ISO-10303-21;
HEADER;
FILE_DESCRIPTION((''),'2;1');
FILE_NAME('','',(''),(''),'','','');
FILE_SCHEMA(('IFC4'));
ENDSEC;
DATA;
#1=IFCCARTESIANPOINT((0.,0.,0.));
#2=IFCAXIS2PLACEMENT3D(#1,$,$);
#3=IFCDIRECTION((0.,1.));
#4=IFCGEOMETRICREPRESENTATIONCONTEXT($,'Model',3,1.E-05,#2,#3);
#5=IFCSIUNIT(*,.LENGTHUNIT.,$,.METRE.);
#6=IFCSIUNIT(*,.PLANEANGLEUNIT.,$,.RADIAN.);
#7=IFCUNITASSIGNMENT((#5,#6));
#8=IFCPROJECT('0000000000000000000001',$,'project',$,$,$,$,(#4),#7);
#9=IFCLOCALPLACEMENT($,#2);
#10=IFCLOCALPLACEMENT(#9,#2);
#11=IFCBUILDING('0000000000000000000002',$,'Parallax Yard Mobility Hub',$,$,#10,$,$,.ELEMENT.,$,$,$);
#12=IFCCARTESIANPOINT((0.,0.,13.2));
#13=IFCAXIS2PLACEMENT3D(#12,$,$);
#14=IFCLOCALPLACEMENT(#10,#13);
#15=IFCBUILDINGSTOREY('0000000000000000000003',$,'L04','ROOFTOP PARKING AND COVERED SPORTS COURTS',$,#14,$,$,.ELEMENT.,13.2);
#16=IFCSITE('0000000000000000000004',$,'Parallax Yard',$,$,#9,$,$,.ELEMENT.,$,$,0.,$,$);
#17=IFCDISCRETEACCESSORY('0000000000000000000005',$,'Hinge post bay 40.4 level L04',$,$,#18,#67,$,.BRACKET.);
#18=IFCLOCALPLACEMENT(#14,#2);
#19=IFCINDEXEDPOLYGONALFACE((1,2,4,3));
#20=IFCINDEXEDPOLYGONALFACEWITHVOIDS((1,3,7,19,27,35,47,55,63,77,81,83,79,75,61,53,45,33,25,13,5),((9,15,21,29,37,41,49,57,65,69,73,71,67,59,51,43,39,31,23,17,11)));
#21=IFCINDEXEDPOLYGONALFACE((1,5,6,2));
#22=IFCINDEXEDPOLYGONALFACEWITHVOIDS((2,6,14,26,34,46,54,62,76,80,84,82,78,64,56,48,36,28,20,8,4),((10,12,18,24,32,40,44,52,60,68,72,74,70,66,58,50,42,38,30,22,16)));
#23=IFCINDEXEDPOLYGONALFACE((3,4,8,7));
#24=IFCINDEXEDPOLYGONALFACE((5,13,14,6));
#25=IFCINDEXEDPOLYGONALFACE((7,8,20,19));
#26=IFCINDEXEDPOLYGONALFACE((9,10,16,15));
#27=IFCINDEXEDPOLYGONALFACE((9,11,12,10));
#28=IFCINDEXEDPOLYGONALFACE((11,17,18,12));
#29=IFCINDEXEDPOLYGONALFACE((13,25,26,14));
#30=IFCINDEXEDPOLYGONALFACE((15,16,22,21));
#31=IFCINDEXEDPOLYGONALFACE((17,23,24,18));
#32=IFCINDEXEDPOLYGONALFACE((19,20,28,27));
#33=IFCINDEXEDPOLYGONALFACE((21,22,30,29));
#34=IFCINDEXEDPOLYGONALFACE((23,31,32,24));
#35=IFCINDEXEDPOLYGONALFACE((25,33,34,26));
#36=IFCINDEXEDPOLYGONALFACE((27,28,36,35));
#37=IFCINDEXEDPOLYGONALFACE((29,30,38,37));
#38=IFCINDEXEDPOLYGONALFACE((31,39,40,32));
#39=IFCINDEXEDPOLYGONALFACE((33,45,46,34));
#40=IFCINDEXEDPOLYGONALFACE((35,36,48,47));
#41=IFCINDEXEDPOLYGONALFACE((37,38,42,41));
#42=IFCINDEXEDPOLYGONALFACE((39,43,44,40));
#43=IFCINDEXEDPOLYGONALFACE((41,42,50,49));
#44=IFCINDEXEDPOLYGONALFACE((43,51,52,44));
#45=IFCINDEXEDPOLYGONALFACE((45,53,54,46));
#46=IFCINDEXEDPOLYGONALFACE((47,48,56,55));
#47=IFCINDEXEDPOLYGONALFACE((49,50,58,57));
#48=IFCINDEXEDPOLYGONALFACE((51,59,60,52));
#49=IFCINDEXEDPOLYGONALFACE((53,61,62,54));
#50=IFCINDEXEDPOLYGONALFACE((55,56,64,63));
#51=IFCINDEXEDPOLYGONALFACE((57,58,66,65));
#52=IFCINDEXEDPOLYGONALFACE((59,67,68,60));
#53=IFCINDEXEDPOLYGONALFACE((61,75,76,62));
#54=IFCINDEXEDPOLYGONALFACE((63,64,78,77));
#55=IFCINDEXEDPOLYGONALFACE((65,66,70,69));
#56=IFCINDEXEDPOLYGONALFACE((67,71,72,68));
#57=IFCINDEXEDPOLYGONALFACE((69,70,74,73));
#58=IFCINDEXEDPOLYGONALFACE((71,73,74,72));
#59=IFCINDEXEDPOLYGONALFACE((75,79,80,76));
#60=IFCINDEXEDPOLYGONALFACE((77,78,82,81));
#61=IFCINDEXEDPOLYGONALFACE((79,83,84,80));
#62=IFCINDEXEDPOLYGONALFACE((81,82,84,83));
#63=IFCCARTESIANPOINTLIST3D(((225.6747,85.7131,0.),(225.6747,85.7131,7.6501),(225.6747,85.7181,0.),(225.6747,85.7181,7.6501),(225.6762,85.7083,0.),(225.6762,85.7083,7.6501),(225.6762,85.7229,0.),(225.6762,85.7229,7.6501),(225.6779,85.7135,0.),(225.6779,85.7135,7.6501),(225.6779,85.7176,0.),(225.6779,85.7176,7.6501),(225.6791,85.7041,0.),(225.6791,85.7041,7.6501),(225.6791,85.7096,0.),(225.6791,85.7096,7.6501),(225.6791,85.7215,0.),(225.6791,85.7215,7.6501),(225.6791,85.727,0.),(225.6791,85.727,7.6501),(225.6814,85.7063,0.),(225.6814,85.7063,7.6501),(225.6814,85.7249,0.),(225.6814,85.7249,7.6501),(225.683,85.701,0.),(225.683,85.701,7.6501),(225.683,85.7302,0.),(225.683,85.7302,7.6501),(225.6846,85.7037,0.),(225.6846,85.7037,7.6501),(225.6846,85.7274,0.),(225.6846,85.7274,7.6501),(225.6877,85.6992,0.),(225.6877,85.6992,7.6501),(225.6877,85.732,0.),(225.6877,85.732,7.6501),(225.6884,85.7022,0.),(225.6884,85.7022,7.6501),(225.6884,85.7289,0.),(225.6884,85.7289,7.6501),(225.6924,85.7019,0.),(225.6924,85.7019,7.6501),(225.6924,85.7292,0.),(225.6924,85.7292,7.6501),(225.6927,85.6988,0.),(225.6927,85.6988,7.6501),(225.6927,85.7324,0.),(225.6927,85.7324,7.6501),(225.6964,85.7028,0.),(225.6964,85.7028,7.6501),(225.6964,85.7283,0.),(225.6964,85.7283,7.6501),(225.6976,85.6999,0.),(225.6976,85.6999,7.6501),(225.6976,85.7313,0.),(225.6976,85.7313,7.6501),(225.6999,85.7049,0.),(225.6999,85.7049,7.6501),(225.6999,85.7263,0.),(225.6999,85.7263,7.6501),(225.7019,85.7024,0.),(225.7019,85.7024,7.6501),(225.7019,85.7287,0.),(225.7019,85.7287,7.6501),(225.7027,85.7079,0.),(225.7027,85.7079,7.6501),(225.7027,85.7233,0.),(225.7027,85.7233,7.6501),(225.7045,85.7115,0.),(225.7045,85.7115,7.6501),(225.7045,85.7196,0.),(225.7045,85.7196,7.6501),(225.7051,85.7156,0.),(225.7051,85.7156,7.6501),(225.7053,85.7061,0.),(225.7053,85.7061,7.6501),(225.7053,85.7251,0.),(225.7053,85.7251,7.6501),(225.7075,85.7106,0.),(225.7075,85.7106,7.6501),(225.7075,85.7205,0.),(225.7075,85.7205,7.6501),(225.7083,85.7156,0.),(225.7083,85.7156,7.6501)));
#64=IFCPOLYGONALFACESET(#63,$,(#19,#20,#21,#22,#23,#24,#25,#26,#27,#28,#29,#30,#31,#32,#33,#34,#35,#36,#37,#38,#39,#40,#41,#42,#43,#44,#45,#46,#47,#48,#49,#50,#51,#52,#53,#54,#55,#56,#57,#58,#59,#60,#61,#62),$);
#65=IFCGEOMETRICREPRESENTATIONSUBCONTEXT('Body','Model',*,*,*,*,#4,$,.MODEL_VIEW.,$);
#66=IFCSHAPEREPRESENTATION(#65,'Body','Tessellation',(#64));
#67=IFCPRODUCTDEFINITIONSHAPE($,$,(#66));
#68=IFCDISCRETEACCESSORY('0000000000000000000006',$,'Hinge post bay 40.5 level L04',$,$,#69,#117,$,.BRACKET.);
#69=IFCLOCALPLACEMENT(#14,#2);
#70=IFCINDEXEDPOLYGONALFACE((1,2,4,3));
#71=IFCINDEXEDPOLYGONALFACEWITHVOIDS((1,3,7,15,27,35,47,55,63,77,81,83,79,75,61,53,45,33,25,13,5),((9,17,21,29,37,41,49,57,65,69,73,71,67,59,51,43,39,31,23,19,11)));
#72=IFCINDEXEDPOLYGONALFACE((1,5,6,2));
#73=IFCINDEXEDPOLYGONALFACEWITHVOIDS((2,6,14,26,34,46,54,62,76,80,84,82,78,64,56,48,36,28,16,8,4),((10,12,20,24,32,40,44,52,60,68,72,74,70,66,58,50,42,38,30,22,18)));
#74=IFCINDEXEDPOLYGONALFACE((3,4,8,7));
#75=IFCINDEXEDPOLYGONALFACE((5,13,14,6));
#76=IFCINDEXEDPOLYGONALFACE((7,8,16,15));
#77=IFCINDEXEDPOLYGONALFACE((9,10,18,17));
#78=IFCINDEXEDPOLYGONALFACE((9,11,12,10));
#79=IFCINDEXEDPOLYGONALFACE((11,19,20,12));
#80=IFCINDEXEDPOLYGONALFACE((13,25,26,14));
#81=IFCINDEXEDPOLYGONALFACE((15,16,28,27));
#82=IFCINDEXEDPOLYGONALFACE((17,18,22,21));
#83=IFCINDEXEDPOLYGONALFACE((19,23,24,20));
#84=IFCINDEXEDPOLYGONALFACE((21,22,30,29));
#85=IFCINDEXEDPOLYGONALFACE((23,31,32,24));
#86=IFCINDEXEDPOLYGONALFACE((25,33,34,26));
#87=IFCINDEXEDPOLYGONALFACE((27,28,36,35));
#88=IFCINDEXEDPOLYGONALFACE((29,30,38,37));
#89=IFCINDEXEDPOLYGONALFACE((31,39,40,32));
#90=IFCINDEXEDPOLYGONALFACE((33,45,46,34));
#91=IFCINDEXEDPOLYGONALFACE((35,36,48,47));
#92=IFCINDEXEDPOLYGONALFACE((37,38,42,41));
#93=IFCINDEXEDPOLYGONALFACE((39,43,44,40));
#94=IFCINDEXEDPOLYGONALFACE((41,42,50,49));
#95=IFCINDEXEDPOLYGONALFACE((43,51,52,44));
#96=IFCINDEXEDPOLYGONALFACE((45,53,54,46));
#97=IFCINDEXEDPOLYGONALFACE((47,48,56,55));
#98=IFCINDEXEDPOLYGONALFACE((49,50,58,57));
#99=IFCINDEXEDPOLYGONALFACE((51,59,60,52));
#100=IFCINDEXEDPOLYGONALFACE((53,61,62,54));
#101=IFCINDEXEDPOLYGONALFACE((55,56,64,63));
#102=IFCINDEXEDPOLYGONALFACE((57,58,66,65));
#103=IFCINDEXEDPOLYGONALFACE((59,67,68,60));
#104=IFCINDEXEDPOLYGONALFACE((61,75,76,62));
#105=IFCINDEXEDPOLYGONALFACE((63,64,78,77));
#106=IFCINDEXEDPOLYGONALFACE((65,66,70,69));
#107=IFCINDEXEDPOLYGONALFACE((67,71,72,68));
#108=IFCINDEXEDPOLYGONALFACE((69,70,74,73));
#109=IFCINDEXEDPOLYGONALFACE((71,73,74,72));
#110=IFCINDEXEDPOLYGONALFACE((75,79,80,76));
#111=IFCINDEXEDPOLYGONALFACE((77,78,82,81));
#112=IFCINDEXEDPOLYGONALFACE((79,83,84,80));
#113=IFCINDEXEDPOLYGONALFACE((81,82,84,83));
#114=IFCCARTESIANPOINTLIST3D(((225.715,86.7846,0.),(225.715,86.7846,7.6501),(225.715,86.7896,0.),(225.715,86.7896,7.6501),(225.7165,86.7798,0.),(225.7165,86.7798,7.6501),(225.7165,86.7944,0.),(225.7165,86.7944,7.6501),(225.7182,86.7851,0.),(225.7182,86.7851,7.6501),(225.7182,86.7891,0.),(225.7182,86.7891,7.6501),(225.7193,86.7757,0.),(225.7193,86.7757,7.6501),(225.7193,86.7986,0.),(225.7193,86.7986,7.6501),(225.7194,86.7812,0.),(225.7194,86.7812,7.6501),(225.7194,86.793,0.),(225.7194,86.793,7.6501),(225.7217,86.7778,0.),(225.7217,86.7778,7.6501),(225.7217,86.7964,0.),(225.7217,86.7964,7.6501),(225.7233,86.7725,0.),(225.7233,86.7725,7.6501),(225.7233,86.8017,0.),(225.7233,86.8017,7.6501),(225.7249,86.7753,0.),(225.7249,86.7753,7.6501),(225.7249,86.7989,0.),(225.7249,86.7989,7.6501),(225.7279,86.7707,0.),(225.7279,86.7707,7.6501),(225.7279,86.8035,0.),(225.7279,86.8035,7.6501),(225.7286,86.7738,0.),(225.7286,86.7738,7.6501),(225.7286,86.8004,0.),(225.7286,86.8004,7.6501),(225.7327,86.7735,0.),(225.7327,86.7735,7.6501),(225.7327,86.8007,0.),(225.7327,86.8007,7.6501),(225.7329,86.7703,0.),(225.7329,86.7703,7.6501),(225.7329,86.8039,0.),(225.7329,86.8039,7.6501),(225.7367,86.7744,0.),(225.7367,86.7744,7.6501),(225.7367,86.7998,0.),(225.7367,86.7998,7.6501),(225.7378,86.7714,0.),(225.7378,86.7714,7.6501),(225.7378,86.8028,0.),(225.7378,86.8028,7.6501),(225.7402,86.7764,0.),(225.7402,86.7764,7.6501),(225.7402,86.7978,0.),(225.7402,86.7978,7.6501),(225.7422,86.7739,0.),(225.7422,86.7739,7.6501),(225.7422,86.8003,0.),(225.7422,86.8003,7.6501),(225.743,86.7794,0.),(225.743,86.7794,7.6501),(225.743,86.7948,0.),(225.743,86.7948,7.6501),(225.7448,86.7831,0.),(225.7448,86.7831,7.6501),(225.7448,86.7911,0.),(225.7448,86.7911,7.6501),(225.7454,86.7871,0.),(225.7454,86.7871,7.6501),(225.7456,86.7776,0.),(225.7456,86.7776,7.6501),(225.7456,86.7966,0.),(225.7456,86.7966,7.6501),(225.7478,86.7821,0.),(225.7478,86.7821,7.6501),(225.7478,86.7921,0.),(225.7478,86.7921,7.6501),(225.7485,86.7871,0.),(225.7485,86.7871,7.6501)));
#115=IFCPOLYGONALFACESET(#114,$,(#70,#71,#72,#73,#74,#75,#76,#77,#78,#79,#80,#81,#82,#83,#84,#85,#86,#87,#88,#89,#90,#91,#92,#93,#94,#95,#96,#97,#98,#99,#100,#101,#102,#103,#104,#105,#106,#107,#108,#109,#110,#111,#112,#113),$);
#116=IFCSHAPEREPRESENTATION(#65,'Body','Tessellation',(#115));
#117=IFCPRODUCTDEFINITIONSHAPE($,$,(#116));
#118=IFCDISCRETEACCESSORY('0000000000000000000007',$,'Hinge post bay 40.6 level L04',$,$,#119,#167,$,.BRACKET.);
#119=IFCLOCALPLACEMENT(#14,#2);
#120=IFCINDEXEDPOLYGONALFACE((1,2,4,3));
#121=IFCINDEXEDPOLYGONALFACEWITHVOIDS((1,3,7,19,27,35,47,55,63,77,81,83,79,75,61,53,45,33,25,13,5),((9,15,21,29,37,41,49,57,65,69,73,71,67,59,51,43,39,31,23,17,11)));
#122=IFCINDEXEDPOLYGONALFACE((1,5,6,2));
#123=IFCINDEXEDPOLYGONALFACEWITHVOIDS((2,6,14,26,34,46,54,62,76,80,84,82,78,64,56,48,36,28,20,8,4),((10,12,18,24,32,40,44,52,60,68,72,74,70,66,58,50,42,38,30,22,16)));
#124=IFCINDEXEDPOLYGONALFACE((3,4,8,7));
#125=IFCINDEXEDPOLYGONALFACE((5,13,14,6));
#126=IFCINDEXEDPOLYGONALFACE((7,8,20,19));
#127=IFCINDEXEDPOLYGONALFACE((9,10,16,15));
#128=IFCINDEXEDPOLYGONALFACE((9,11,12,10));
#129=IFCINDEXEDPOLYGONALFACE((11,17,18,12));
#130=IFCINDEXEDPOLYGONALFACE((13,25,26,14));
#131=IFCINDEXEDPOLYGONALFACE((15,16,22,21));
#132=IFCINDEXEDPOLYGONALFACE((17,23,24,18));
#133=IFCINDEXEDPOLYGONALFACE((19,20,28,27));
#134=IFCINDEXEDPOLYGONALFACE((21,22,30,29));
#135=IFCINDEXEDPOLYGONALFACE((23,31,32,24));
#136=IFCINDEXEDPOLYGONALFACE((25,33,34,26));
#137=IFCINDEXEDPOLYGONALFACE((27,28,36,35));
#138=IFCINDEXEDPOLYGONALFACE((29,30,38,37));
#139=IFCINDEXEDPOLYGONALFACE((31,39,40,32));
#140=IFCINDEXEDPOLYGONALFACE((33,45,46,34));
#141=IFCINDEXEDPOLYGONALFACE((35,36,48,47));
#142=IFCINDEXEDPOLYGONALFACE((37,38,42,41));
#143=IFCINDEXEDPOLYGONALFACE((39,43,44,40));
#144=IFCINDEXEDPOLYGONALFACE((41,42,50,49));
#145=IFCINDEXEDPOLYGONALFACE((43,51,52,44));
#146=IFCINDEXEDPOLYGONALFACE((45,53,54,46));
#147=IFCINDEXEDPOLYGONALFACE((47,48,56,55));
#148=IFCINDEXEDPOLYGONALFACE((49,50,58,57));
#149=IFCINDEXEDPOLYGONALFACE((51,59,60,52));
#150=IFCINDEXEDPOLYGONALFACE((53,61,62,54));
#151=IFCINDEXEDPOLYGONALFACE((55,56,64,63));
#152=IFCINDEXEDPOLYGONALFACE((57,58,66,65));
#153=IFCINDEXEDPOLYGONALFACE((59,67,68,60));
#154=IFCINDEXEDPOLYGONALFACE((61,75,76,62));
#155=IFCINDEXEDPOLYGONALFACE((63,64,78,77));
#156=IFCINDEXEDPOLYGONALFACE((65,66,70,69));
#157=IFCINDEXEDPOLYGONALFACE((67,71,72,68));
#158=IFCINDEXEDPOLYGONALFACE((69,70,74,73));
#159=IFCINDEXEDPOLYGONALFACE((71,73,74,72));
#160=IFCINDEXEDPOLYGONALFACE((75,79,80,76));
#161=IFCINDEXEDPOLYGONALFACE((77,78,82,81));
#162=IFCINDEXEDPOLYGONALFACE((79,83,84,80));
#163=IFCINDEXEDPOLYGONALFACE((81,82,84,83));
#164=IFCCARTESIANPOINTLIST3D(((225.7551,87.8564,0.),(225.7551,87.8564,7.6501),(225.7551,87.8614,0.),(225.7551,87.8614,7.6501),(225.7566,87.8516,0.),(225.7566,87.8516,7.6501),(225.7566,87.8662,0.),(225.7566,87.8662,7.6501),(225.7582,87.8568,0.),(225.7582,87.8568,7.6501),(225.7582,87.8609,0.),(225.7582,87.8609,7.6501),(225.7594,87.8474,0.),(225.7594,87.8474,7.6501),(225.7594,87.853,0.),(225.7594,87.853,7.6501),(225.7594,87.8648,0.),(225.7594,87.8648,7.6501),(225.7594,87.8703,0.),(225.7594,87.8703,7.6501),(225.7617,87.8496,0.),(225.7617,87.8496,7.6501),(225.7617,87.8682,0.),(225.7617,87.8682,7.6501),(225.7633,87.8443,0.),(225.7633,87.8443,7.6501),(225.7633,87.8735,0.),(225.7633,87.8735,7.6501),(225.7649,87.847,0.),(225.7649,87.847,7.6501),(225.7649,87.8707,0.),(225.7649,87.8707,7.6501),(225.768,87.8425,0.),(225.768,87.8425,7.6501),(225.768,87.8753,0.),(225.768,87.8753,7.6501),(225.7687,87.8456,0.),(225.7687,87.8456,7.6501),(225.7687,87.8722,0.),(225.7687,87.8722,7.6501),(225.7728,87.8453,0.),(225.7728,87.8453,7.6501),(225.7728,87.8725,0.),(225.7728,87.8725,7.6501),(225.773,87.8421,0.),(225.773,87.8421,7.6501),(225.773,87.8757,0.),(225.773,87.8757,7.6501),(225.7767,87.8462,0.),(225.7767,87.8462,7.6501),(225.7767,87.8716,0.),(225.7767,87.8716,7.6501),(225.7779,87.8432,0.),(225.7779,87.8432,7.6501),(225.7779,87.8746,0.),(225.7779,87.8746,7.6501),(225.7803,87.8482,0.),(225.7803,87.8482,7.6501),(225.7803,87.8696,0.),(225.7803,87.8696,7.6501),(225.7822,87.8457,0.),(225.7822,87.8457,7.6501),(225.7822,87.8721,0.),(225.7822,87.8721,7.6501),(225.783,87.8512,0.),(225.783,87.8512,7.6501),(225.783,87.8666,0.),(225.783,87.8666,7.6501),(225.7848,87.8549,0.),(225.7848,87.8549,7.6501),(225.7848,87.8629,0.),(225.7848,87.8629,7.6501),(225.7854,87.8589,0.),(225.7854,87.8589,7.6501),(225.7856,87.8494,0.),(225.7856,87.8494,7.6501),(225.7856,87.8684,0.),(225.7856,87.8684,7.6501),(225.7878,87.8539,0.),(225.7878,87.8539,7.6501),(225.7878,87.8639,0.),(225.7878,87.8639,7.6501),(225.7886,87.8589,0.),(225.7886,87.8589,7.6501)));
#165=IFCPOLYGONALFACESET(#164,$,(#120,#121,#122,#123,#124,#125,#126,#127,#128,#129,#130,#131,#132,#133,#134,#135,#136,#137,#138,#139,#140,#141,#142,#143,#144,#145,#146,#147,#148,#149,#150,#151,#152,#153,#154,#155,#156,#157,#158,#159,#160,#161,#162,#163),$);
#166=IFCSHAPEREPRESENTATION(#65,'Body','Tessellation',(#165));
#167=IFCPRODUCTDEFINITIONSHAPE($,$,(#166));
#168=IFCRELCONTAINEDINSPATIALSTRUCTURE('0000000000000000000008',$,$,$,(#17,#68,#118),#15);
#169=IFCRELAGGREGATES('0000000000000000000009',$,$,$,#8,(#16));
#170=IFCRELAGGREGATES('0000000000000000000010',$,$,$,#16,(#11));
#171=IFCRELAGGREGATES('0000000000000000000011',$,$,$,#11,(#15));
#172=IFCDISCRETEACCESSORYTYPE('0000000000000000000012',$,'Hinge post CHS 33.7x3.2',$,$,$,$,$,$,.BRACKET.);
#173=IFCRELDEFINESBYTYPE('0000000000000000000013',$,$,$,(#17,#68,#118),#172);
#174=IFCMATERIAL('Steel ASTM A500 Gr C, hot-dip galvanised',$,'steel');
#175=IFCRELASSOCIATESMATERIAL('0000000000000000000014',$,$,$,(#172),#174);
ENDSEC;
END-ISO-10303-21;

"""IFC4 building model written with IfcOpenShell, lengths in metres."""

from ifc_helpers import new_model, si_unit, direction, frame, origin, origin_2d, place, context, subcontext, project, spatial, hollow_circle, extrude, material, material_profile, profile_set, type_object, element, save


model = new_model("IFC4")

# Units and contexts
model_context = context("Model", 3, precision=1e-05, world=origin(), true_north=direction((0.0, 1.0)))
body_context = subcontext(model_context, "Body", "Model", "MODEL_VIEW")
ifc_project = project(units=[si_unit("LENGTHUNIT", "METRE"), si_unit("PLANEANGLEUNIT", "RADIAN")], contexts=[model_context])

# Site, building, storey
site_placement = place(None, origin())
site = spatial("IfcSite", under=ifc_project, at=site_placement, Name="Parallax Yard", CompositionType="ELEMENT", RefElevation=0.0)
building_placement = place(site_placement, origin())
building = spatial("IfcBuilding", under=site, at=building_placement, Name="Parallax Yard Mobility Hub", CompositionType="ELEMENT")
storey_placement = place(building_placement, frame((0.0, 0.0, 13.2)))
storey = spatial("IfcBuildingStorey", under=building, at=storey_placement, Name="L04", Description="ROOFTOP PARKING AND COVERED SPORTS COURTS", CompositionType="ELEMENT", Elevation=13.2)

# Discrete accessories
ifc_material_1 = material(Name="Steel ASTM A500 Gr C, hot-dip galvanised", Category="steel")
ifc_material_profile = material_profile(ifc_material_1, hollow_circle(Radius=0.0168, WallThickness=0.0032, at=origin_2d()), Name="CHS 33.7x3.2")
ifc_profile_set = profile_set([ifc_material_profile], Name="Steel ASTM A500 Gr C, hot-dip galvanised")
discrete_accessory_type_1 = type_object("IfcDiscreteAccessoryType", Name="Hinge post CHS 33.7x3.2", PredefinedType="BRACKET", material=ifc_profile_set)
for number, where, z_axis, x_axis, name in (
    (1, (225.6914, 85.7156, 0.0), (0.0, 0.0, 1.0), (1.0, 0.0, 0.0), "Hinge post bay 40.4 level L04"),
    (2, (225.7317, 86.7871, 0.0), (0.0, 0.0, 1.0), (1.0, 0.0, 0.0), "Hinge post bay 40.5 level L04"),
    (3, (225.7717, 87.8589, 0.0), (0.0, 0.0, 1.0), (1.0, 0.0, 0.0), "Hinge post bay 40.6 level L04"),
):
    element("IfcDiscreteAccessory", number, at=place(storey_placement, frame(where, z_axis=z_axis, x_axis=x_axis)), inside=storey, type_object=discrete_accessory_type_1, Name=name, PredefinedType="BRACKET", context=body_context, shape_type="SweptSolid", body=[
        extrude(hollow_circle(Radius=0.0168, WallThickness=0.0032, at=origin_2d()), origin(), (0.0, 0.0, 1.0), 7.6501),
    ])

save(model, "model.ifc")
